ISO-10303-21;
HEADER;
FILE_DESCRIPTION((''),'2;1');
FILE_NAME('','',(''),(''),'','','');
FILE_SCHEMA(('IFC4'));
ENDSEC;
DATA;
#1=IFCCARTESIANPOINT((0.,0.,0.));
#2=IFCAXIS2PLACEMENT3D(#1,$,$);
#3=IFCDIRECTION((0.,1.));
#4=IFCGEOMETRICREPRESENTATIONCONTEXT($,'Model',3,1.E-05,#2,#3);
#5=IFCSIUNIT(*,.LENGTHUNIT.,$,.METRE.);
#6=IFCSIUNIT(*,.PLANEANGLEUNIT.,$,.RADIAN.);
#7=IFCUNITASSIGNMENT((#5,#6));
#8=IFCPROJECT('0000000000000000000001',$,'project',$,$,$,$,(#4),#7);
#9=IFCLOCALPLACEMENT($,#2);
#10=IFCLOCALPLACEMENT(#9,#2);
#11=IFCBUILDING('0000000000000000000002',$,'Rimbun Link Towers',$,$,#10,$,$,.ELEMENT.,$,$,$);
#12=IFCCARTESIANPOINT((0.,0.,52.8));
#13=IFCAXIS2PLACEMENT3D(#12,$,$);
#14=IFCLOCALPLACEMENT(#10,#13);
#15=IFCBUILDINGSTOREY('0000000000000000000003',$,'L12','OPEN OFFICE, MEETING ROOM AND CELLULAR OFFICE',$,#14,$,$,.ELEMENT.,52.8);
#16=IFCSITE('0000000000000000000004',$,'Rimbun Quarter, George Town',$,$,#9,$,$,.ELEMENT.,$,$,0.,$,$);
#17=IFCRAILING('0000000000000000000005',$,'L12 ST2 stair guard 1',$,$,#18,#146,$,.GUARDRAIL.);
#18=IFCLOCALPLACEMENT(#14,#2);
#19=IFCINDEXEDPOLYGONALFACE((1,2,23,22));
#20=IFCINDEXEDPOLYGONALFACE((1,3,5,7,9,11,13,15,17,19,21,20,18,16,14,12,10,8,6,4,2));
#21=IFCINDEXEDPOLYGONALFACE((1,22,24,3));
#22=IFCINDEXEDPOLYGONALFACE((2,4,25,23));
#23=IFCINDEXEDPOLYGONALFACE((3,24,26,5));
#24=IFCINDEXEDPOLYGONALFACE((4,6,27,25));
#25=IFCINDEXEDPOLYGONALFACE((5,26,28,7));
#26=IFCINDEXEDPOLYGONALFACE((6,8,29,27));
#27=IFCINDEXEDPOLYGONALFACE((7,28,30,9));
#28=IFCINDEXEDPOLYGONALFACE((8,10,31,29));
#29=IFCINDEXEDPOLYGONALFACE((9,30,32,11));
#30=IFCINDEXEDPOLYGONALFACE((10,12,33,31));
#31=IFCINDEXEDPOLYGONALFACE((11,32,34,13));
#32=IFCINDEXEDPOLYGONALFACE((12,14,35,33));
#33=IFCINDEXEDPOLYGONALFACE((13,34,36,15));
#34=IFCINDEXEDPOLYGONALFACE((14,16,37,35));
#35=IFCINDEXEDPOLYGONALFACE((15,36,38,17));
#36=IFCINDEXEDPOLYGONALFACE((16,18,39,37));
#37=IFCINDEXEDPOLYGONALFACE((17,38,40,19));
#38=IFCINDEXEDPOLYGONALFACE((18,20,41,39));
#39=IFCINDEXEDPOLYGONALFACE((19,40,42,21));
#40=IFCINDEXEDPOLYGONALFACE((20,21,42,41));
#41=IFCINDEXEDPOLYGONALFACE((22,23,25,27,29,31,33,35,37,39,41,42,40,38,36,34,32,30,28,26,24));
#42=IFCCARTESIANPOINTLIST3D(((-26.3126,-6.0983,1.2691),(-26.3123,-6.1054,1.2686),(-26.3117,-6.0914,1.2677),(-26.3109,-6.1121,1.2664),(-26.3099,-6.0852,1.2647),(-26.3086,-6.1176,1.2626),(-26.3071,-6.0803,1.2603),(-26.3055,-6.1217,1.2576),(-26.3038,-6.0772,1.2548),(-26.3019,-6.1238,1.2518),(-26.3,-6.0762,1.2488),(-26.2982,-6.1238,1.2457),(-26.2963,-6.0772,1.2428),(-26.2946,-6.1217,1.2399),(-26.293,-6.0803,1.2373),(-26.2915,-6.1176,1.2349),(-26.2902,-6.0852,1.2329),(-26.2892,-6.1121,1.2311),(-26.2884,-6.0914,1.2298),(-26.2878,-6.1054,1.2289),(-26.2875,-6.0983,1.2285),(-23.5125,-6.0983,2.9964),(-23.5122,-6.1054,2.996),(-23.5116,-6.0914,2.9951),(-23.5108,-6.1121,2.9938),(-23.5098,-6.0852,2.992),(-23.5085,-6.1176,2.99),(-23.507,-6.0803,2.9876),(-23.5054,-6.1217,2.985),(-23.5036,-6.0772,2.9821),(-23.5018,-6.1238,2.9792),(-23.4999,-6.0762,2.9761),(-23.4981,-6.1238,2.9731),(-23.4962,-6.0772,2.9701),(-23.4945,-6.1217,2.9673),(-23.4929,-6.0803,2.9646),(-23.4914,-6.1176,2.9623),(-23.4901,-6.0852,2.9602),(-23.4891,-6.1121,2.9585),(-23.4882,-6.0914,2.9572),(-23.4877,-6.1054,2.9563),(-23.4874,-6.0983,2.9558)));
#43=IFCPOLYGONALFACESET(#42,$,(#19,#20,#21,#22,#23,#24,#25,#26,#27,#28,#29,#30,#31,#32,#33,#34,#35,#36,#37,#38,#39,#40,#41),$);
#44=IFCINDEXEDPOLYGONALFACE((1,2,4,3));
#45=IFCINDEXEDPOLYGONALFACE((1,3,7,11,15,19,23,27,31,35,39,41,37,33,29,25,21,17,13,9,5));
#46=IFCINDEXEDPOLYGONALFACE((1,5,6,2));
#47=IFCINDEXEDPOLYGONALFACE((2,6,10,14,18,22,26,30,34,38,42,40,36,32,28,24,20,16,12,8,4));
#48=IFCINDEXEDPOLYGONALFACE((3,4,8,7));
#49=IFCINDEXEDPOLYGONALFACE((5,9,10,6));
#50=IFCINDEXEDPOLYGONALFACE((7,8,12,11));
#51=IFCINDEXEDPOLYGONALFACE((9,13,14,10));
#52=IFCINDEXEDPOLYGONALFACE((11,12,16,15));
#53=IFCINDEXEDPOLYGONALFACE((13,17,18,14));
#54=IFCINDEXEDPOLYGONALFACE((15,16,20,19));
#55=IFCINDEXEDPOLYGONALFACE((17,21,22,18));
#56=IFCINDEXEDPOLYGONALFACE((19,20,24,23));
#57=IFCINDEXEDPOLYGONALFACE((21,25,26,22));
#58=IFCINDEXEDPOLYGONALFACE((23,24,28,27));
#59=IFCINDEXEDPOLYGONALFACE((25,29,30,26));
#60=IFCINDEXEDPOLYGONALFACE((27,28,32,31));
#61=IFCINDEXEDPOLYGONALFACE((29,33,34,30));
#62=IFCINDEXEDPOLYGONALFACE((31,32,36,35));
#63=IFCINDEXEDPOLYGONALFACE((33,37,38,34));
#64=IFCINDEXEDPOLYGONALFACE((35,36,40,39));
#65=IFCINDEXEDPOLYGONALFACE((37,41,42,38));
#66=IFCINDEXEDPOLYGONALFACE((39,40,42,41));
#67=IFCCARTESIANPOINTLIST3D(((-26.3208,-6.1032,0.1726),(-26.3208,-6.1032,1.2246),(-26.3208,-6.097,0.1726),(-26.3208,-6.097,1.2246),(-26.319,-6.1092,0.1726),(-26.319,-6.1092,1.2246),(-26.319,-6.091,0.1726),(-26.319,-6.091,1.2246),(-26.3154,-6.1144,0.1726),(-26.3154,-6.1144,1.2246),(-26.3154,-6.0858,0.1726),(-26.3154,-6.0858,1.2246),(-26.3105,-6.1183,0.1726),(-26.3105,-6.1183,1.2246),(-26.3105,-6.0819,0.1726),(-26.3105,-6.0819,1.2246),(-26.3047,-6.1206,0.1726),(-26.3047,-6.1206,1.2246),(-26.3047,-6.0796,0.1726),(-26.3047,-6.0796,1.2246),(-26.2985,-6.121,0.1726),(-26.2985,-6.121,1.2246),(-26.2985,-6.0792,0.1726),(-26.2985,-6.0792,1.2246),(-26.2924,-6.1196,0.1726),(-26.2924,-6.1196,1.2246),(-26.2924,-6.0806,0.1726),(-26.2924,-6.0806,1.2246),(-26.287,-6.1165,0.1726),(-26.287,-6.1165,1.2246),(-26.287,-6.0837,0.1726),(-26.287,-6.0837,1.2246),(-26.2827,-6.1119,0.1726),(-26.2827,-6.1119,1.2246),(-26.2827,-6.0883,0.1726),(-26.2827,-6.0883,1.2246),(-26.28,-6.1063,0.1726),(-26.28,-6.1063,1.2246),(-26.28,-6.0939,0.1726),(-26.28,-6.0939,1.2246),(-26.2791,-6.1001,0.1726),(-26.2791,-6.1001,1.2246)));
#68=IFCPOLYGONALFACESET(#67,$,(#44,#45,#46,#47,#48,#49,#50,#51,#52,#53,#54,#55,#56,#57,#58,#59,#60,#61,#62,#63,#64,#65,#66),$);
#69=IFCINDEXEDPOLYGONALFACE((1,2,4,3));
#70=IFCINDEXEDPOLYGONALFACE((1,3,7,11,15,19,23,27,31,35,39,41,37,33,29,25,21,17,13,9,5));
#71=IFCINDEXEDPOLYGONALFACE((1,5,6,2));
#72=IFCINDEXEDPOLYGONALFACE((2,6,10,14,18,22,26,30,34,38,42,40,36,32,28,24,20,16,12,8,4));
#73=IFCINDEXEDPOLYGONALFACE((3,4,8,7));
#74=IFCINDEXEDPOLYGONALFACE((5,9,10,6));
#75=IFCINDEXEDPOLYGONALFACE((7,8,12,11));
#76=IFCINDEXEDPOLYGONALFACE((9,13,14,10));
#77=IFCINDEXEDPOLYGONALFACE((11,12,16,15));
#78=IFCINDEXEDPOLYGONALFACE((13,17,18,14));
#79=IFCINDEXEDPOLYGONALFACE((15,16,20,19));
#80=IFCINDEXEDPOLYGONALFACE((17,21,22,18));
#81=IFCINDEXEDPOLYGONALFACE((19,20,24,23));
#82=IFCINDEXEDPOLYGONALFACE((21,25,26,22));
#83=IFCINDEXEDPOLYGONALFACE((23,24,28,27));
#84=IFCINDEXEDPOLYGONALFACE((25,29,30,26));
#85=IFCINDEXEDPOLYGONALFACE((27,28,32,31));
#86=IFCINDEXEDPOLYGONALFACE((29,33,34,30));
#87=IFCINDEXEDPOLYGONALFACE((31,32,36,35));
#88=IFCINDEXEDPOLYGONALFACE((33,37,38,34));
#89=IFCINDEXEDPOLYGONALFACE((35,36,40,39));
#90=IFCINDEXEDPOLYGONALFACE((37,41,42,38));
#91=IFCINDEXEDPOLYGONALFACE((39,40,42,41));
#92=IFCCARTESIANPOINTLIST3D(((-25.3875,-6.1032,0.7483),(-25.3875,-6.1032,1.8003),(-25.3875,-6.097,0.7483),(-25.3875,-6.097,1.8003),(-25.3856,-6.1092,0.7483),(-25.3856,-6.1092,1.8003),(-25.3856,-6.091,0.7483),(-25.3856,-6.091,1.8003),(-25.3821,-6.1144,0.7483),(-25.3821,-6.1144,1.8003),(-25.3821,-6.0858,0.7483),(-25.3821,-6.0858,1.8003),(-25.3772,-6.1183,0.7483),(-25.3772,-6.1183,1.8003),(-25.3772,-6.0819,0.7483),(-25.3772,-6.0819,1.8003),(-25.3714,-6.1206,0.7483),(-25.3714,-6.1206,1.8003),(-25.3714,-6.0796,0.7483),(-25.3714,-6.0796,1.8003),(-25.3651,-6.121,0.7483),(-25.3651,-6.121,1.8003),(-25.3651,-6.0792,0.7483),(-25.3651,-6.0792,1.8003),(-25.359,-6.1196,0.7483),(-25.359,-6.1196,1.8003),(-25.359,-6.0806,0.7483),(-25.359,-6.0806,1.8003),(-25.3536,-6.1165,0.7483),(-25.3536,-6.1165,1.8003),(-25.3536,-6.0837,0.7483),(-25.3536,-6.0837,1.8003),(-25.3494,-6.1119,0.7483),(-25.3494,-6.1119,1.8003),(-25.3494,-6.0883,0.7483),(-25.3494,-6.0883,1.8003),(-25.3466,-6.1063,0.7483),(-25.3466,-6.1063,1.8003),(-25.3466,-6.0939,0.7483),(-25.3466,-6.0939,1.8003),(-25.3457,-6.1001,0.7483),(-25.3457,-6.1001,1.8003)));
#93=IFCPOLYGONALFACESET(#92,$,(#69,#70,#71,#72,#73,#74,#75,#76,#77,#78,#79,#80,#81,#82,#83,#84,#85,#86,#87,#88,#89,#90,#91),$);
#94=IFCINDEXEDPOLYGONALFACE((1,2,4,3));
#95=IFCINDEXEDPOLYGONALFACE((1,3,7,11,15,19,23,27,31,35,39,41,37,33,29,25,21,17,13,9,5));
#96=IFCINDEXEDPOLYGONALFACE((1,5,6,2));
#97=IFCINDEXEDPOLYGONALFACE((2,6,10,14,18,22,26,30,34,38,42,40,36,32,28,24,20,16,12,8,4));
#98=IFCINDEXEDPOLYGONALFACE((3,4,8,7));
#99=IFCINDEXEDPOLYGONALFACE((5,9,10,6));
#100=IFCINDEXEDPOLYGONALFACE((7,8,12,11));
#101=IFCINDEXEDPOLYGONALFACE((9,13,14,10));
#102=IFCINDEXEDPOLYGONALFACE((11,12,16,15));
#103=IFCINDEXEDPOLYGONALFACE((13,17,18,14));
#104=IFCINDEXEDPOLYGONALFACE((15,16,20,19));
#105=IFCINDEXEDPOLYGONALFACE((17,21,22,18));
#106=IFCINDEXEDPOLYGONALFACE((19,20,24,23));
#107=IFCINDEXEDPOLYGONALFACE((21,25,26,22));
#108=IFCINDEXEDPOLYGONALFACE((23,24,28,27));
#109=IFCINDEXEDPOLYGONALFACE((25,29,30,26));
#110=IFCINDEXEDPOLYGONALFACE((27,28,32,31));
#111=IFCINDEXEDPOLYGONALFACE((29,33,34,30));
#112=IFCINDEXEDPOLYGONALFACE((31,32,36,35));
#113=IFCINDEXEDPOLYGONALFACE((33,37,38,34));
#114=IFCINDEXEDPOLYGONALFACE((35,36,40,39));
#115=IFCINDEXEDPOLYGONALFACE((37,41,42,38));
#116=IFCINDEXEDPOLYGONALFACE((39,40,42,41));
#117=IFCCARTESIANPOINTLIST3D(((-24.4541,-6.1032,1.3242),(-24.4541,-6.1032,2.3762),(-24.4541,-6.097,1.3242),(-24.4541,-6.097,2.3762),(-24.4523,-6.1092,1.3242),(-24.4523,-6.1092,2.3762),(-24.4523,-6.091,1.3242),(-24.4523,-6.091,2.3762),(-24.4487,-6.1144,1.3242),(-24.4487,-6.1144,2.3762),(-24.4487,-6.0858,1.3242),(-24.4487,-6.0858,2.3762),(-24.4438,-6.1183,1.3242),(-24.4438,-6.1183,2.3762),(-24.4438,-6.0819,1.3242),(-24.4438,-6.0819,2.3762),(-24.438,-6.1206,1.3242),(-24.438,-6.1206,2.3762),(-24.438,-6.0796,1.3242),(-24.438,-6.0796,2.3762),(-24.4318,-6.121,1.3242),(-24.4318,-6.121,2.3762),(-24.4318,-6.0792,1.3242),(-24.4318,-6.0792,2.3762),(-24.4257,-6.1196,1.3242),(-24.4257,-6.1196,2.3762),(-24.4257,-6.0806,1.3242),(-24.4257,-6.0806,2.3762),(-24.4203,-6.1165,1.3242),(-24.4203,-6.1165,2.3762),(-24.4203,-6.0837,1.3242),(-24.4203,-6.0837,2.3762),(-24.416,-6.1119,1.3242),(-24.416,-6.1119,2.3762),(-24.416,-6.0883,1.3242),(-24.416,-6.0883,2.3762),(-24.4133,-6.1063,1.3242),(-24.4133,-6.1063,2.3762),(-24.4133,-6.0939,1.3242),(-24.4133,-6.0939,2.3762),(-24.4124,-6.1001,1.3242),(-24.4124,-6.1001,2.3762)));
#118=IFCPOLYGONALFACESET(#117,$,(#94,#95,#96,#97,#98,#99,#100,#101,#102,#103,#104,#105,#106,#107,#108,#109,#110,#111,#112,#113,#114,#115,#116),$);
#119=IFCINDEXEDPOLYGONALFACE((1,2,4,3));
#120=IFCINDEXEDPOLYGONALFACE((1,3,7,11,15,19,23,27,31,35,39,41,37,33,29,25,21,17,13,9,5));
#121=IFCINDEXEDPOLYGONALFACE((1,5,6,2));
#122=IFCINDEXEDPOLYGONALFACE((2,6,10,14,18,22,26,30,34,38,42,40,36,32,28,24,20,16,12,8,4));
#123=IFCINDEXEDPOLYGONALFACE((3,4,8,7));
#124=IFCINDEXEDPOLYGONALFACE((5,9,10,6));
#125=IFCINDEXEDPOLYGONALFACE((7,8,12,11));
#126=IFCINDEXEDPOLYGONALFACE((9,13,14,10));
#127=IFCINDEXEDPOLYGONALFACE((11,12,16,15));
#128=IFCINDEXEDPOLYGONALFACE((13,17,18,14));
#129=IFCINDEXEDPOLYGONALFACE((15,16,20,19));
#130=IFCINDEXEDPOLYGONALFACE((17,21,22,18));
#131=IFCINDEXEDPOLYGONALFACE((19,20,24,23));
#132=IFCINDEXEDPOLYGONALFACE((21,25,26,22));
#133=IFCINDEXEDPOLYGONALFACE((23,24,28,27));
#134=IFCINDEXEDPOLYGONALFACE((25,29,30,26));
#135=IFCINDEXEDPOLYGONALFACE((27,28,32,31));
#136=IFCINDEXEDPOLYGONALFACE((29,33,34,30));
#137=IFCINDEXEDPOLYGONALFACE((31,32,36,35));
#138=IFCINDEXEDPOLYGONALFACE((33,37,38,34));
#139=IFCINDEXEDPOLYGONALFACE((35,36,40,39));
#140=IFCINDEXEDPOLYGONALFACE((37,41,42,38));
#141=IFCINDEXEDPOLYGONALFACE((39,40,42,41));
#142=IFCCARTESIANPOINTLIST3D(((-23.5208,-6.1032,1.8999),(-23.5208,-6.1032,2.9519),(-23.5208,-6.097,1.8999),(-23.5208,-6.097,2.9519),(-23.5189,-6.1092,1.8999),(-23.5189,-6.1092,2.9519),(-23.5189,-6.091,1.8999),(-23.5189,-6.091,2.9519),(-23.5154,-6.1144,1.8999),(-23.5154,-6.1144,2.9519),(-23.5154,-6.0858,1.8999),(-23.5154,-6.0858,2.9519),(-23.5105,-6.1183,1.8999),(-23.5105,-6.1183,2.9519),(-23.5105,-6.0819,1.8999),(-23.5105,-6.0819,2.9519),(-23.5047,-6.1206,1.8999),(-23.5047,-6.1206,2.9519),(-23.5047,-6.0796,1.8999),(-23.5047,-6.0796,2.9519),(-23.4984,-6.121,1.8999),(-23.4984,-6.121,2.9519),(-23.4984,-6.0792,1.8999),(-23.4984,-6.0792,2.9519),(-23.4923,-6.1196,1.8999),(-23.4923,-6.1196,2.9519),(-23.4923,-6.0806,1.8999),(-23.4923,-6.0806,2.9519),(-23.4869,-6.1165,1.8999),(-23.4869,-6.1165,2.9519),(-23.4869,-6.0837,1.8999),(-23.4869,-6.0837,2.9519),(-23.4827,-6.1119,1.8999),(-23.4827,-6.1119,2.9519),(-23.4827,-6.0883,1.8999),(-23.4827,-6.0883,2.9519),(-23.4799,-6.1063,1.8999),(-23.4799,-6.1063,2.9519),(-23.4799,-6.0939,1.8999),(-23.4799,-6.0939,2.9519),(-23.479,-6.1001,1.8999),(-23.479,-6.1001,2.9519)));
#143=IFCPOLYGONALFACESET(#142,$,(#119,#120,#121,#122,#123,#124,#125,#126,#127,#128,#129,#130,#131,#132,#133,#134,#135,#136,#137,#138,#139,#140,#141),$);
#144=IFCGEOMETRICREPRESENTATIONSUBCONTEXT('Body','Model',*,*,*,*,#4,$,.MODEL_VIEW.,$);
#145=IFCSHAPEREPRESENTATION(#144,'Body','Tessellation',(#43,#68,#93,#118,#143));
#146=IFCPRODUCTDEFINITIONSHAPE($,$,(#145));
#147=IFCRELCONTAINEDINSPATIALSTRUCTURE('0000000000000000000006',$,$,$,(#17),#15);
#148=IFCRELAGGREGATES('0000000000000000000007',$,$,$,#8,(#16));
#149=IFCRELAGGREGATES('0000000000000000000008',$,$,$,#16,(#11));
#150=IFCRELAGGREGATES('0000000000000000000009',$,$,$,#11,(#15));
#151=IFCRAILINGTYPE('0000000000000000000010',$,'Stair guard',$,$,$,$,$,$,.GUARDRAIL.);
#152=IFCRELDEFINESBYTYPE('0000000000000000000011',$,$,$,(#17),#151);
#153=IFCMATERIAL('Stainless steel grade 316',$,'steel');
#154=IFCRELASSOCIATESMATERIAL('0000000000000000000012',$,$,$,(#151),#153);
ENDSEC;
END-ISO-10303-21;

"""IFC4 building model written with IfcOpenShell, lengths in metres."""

from ifc_helpers import new_model, si_unit, direction, frame, origin, origin_2d, place, context, subcontext, project, spatial, circle, extrude, material, type_object, element, save


model = new_model("IFC4")

# Units and contexts
model_context = context("Model", 3, precision=1e-05, world=origin(), true_north=direction((0.0, 1.0)))
body_context = subcontext(model_context, "Body", "Model", "MODEL_VIEW")
ifc_project = project(units=[si_unit("LENGTHUNIT", "METRE"), si_unit("PLANEANGLEUNIT", "RADIAN")], contexts=[model_context])

# Site, building, storey
site_placement = place(None, origin())
site = spatial("IfcSite", under=ifc_project, at=site_placement, Name="Rimbun Quarter, George Town", CompositionType="ELEMENT", RefElevation=0.0)
building_placement = place(site_placement, origin())
building = spatial("IfcBuilding", under=site, at=building_placement, Name="Rimbun Link Towers", CompositionType="ELEMENT")
storey_placement = place(building_placement, frame((0.0, 0.0, 52.8)))
storey = spatial("IfcBuildingStorey", under=building, at=storey_placement, Name="L12", Description="OPEN OFFICE, MEETING ROOM AND CELLULAR OFFICE", CompositionType="ELEMENT", Elevation=52.8)

# Railing
ifc_material_1 = material(Name="Stainless steel grade 316", Category="steel")
railing_type_1 = type_object("IfcRailingType", Name="Stair guard", PredefinedType="GUARDRAIL", material=ifc_material_1)
railing_1_placement = place(storey_placement, frame((-26.3, -6.1001, 0.1726)))
element("IfcRailing", 1, at=railing_1_placement, inside=storey, type_object=railing_type_1, Name="L12 ST2 stair guard 1", PredefinedType="GUARDRAIL", context=body_context, shape_type="SweptSolid", body=[
    extrude(circle(Radius=0.0239, at=origin_2d()), frame((0.0, 0.0, 1.0762), z_axis=(0.85109, 0.0, 0.52502), x_axis=(0.0, 1.0, 0.0)), (0.0, 0.0, 1.0), 3.29),
    extrude(circle(Radius=0.021, at=origin_2d()), origin(), (0.0, 0.0, 1.0), 1.052),
    extrude(circle(Radius=0.021, at=origin_2d()), frame((0.9333, 0.0, 0.5757)), (0.0, 0.0, 1.0), 1.052),
    extrude(circle(Radius=0.021, at=origin_2d()), frame((1.8667, 0.0, 1.1516)), (0.0, 0.0, 1.0), 1.052),
    extrude(circle(Radius=0.021, at=origin_2d()), frame((2.8, 0.0, 1.7273)), (0.0, 0.0, 1.0), 1.052),
])

save(model, "model.ifc")
